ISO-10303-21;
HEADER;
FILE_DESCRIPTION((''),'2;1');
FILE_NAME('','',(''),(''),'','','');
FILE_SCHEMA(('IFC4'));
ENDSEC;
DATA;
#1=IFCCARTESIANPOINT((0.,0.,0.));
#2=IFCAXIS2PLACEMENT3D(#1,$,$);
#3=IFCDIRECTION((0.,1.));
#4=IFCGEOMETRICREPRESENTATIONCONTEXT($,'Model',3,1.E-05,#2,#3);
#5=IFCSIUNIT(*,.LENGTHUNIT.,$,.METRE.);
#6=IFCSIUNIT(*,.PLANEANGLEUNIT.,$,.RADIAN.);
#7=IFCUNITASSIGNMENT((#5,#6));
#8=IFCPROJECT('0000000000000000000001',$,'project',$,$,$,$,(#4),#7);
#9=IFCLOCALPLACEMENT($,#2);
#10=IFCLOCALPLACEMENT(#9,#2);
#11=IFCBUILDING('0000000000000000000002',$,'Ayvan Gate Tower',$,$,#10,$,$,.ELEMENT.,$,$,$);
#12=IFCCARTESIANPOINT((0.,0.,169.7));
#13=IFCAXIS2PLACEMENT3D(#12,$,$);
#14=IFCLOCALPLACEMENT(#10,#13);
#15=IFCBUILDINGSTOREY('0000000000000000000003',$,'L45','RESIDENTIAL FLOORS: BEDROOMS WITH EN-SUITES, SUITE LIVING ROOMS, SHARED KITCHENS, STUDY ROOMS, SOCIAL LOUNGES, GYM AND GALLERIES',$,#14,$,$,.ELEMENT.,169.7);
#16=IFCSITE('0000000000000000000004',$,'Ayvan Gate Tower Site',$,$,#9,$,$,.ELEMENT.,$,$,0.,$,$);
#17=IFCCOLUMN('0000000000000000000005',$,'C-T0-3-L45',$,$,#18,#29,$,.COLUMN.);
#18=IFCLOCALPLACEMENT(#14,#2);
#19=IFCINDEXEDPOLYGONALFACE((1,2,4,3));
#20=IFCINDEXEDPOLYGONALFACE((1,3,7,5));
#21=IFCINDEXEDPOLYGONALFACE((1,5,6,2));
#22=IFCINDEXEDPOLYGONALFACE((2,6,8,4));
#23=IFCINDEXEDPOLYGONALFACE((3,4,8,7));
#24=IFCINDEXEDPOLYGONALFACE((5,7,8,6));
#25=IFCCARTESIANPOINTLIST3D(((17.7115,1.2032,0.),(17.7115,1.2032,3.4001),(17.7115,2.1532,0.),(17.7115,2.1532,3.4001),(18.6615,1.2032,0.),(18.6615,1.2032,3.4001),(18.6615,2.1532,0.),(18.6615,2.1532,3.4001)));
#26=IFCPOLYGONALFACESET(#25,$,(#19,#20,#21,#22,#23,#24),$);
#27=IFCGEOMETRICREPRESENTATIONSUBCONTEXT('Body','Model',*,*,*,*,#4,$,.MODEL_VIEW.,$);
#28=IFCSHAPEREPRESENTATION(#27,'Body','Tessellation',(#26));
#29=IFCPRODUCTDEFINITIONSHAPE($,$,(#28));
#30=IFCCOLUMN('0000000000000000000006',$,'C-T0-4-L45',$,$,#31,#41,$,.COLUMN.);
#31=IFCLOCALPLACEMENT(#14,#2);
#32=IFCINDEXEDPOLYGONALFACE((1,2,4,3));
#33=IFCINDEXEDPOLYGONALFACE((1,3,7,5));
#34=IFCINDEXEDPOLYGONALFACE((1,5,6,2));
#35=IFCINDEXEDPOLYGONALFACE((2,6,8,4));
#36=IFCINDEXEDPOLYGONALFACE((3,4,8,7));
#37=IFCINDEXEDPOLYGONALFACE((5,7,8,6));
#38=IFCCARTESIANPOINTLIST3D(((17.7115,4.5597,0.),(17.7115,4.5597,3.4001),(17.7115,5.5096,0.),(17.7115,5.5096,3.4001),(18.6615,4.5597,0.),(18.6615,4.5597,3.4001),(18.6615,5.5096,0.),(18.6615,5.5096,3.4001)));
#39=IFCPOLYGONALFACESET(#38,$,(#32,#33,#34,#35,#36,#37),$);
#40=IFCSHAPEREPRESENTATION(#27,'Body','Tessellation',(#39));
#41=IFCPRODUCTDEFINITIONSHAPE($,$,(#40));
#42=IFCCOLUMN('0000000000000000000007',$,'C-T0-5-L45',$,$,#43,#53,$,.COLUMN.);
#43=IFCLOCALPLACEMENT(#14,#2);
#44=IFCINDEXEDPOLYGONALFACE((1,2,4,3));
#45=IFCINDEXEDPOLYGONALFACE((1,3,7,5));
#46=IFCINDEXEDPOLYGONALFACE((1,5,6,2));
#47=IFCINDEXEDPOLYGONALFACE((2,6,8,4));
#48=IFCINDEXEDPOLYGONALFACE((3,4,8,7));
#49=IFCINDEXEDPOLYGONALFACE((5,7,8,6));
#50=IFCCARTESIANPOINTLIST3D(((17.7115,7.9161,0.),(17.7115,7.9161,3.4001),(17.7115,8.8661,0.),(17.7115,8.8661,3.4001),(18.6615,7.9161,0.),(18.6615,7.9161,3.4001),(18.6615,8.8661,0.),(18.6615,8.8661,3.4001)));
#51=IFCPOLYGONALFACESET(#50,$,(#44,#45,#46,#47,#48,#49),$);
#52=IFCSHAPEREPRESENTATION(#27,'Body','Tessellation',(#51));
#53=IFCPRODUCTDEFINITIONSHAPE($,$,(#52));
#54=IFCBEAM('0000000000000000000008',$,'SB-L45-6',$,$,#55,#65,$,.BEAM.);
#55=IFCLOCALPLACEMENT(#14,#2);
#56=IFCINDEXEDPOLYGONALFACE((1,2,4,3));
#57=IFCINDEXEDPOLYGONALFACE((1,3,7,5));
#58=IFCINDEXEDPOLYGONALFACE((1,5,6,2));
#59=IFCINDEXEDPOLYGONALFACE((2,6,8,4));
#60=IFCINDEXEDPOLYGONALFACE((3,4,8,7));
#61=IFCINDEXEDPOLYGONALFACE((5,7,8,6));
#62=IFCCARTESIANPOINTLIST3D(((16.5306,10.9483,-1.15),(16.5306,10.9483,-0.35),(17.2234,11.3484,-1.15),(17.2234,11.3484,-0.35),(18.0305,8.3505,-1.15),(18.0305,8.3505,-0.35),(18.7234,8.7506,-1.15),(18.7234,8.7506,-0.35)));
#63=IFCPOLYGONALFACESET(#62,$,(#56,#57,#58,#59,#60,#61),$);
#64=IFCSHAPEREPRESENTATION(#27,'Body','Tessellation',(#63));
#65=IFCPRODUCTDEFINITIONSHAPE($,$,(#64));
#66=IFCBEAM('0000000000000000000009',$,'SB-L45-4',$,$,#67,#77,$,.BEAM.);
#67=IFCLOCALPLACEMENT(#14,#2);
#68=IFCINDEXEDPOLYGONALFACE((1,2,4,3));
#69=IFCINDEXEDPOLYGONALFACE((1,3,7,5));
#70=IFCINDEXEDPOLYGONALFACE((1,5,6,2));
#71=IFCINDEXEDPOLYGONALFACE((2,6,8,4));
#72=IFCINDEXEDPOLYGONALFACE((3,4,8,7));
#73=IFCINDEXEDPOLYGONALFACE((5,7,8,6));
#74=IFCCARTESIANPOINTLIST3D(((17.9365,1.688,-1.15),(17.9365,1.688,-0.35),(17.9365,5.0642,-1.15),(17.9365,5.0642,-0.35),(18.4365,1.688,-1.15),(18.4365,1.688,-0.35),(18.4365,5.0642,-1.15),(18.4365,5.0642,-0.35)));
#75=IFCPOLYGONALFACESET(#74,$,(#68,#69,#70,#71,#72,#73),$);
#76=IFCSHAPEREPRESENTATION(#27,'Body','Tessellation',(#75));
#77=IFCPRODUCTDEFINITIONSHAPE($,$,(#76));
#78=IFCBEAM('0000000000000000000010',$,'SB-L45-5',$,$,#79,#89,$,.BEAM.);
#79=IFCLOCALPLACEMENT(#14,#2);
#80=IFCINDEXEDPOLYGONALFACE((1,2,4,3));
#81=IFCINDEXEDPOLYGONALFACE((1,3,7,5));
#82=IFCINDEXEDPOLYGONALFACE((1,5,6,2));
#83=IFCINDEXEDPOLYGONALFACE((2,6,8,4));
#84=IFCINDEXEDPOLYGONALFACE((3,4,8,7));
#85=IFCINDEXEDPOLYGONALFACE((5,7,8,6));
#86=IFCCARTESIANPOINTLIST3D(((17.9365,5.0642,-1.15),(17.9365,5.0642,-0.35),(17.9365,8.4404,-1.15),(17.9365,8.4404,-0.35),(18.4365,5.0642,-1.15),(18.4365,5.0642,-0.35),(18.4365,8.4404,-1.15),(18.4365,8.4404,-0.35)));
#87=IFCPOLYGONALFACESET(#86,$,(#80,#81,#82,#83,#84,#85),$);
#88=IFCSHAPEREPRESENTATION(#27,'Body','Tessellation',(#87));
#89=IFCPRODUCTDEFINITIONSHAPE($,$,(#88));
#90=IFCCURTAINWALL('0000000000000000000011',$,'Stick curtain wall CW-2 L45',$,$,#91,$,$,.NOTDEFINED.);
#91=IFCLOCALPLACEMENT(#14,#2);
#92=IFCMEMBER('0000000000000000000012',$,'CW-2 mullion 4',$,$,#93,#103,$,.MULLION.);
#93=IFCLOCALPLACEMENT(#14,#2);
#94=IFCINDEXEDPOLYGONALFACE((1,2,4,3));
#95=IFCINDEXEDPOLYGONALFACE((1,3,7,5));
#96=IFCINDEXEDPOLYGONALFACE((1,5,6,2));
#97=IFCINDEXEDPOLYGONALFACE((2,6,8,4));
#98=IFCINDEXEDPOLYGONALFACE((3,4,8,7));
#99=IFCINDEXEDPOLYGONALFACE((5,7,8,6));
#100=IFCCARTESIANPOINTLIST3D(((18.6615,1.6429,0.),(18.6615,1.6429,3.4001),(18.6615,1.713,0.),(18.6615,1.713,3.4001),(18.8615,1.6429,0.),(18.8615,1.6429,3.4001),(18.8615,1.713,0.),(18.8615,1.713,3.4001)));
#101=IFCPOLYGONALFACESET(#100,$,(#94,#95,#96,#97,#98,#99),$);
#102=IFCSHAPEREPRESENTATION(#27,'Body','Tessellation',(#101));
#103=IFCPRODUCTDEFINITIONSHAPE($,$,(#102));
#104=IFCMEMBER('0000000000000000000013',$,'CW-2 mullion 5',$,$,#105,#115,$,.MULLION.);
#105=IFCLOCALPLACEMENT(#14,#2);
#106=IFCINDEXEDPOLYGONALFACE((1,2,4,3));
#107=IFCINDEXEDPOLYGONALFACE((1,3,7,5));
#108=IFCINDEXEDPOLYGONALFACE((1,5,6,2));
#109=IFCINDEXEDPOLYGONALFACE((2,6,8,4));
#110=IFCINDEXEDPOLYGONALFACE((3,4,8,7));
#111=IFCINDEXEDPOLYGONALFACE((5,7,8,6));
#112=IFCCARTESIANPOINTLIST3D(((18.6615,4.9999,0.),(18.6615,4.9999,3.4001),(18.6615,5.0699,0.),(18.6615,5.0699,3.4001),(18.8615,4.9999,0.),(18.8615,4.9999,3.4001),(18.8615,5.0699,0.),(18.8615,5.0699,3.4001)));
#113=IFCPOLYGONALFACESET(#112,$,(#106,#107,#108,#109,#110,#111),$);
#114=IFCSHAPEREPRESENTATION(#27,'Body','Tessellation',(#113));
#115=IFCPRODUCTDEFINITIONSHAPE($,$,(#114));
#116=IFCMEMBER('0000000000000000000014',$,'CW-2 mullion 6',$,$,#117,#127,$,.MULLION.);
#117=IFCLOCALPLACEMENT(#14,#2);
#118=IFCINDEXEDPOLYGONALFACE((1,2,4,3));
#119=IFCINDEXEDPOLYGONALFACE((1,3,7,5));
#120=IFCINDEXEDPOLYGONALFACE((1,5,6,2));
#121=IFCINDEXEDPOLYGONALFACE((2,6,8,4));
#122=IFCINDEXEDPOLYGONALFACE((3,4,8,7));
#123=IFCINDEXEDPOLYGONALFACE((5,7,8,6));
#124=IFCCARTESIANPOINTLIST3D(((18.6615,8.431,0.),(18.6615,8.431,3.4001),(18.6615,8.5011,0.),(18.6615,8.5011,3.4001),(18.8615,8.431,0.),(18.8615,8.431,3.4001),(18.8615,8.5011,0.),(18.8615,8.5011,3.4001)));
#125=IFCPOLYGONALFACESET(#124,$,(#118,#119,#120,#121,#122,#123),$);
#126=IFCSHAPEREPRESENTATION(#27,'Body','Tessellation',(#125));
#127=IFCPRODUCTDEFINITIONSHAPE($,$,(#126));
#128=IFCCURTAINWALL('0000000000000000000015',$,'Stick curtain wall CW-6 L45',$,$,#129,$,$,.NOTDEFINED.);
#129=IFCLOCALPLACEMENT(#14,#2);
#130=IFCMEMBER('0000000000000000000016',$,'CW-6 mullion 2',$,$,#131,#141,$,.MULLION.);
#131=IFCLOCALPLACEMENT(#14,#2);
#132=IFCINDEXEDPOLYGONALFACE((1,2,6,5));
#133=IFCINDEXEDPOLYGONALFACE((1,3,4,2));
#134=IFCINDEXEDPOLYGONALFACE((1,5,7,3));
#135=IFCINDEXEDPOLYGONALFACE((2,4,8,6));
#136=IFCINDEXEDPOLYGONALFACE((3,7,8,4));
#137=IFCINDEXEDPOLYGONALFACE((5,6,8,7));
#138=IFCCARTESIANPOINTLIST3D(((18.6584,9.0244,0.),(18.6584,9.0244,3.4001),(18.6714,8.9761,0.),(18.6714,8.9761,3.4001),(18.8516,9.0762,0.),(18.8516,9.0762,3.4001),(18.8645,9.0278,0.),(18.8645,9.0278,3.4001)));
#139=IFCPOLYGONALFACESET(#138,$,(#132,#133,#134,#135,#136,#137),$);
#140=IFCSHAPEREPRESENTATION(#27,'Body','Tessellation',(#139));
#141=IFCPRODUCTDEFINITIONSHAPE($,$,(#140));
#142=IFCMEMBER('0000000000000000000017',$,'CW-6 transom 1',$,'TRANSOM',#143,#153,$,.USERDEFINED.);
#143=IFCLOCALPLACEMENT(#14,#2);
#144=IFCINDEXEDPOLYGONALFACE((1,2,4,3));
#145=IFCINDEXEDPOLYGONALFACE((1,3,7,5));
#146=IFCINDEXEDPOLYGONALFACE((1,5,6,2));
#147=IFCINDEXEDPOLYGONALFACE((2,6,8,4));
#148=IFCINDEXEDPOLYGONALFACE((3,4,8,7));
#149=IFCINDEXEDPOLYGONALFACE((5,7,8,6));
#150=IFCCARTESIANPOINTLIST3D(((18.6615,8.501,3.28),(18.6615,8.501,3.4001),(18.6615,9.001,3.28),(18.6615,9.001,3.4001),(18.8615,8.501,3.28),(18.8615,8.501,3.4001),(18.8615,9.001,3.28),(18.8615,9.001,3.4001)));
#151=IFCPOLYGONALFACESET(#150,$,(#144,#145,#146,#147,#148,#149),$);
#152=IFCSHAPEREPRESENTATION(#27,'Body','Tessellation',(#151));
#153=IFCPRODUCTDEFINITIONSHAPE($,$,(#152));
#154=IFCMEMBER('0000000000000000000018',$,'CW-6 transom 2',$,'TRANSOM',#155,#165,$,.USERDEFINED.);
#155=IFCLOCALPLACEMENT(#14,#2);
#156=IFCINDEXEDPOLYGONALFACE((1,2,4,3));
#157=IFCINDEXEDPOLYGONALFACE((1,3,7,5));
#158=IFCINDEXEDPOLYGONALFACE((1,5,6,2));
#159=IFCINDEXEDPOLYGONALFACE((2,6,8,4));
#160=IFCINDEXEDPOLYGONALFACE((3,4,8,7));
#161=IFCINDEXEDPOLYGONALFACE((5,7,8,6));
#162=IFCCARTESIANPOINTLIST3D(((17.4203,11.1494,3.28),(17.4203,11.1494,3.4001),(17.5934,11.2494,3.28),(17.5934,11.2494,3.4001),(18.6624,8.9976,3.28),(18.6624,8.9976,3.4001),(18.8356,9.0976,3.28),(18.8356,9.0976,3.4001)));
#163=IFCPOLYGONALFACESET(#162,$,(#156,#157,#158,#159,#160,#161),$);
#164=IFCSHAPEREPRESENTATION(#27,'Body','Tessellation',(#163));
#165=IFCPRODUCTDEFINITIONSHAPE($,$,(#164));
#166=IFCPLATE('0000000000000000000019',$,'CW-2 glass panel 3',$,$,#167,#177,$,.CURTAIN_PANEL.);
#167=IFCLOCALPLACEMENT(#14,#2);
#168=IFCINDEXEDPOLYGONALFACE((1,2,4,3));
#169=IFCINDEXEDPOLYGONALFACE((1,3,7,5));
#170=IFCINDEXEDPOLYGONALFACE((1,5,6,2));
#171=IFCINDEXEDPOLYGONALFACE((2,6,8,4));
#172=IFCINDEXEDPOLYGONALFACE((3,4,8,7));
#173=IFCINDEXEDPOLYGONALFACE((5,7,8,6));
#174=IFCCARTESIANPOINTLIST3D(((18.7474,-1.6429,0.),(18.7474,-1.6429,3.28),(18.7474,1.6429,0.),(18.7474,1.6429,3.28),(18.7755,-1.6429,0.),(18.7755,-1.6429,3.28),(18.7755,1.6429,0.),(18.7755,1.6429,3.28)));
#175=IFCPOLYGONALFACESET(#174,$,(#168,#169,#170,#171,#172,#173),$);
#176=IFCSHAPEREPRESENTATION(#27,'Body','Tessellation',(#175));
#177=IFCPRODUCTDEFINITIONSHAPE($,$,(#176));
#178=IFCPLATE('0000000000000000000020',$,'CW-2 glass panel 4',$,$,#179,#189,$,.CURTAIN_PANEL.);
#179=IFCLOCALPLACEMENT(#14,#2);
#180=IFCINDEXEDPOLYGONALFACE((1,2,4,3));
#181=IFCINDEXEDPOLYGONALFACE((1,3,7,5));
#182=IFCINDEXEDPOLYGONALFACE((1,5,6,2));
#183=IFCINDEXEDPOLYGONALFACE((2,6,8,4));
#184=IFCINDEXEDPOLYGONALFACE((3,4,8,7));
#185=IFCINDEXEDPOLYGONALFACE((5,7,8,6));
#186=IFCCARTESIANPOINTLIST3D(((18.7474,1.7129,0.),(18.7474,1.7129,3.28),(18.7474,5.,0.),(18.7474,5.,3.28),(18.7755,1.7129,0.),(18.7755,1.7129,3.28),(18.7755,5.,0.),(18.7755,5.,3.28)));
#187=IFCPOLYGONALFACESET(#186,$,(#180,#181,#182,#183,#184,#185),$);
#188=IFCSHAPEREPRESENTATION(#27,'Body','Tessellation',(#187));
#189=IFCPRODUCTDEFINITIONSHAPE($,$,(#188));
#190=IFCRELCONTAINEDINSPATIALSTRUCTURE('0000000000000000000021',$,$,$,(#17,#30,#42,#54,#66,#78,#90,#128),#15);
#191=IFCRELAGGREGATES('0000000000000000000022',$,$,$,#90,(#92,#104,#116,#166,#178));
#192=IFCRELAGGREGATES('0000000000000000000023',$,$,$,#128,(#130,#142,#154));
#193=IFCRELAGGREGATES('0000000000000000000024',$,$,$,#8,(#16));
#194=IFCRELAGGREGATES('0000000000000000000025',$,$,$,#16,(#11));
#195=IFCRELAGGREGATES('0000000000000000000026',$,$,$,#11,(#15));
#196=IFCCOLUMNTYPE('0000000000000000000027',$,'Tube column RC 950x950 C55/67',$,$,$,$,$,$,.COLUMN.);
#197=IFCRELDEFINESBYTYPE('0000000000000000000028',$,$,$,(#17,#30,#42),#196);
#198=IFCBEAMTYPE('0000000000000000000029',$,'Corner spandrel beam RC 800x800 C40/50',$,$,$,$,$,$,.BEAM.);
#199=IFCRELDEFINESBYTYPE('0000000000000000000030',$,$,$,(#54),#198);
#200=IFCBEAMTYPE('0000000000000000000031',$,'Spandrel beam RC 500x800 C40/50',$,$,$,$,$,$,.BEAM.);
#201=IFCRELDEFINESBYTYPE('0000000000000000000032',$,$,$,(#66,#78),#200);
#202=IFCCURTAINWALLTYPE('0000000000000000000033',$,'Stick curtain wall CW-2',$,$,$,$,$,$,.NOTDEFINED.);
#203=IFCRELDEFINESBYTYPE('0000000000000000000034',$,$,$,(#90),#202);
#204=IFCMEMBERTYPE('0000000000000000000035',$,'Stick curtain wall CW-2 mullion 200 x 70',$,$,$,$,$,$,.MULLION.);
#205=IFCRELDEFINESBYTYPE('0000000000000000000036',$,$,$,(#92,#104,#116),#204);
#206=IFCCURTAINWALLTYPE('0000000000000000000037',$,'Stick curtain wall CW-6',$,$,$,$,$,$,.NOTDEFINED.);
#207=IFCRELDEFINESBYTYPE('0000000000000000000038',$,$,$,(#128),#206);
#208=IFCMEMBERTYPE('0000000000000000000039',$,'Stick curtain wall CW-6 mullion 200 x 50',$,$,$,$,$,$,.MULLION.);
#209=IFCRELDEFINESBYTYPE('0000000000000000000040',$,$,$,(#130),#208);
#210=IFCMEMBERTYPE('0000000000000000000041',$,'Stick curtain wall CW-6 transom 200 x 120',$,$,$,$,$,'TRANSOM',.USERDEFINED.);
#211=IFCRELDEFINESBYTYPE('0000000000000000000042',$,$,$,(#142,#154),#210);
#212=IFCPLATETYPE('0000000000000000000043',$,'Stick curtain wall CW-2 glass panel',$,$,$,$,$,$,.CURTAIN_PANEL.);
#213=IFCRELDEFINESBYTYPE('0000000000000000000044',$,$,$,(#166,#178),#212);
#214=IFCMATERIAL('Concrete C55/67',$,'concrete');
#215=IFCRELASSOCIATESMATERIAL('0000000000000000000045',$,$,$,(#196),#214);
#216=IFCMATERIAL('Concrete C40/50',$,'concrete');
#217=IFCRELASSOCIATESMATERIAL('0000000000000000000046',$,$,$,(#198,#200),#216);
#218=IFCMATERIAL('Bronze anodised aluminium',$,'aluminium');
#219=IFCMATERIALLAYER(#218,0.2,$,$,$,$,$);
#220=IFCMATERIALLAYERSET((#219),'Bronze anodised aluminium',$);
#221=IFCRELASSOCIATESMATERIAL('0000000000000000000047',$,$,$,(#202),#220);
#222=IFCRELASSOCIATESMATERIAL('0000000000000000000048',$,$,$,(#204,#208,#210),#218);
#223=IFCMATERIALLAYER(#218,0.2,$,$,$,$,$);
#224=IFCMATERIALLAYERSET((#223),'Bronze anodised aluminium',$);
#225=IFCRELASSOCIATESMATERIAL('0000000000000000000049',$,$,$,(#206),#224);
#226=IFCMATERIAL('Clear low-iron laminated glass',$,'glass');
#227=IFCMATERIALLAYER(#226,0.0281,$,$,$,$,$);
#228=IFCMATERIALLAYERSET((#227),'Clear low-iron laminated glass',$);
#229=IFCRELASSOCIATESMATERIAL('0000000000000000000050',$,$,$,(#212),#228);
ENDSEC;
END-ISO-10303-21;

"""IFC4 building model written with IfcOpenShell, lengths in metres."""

from ifc_helpers import new_model, si_unit, direction, frame, origin, origin_2d, place, context, subcontext, project, spatial, rectangle, extrude, material, layer, layer_set, material_profile, profile_set, type_object, element, aggregate, save


model = new_model("IFC4")

# Units and contexts
model_context = context("Model", 3, precision=1e-05, world=origin(), true_north=direction((0.0, 1.0)))
body_context = subcontext(model_context, "Body", "Model", "MODEL_VIEW")
ifc_project = project(units=[si_unit("LENGTHUNIT", "METRE"), si_unit("PLANEANGLEUNIT", "RADIAN")], contexts=[model_context])

# Site, building, storey
site_placement = place(None, origin())
site = spatial("IfcSite", under=ifc_project, at=site_placement, Name="Ayvan Gate Tower Site", CompositionType="ELEMENT", RefElevation=0.0)
building_placement = place(site_placement, origin())
building = spatial("IfcBuilding", under=site, at=building_placement, Name="Ayvan Gate Tower", CompositionType="ELEMENT")
storey_placement = place(building_placement, frame((0.0, 0.0, 169.7)))
storey = spatial("IfcBuildingStorey", under=building, at=storey_placement, Name="L45", Description="RESIDENTIAL FLOORS: BEDROOMS WITH EN-SUITES, SUITE LIVING ROOMS, SHARED KITCHENS, STUDY ROOMS, SOCIAL LOUNGES, GYM AND GALLERIES", CompositionType="ELEMENT", Elevation=169.7)

# Columns
ifc_material_1 = material(Name="Concrete C55/67", Category="concrete")
ifc_material_profile_1 = material_profile(ifc_material_1, rectangle(XDim=0.95, YDim=0.95, at=origin_2d()), Name="RC 950x950")
ifc_profile_set_1 = profile_set([ifc_material_profile_1], Name="Concrete C55/67")
column_type = type_object("IfcColumnType", Name="Tube column RC 950x950 C55/67", PredefinedType="COLUMN", material=ifc_profile_set_1)
for number, where, z_axis, x_axis, name in (
    (1, (18.1865, 1.6782, 0.0), (0.0, 0.0, 1.0), (1.0, 0.0, 0.0), "C-T0-3-L45"),
    (2, (18.1865, 5.0347, 0.0), (0.0, 0.0, 1.0), (1.0, 0.0, 0.0), "C-T0-4-L45"),
    (3, (18.1865, 8.3911, 0.0), (0.0, 0.0, 1.0), (1.0, 0.0, 0.0), "C-T0-5-L45"),
):
    element("IfcColumn", number, at=place(storey_placement, frame(where, z_axis=z_axis, x_axis=x_axis)), inside=storey, type_object=column_type, Name=name, PredefinedType="COLUMN", context=body_context, shape_type="SweptSolid", body=[
        extrude(rectangle(XDim=0.95, YDim=0.95, at=origin_2d()), origin(), (0.0, 0.0, 1.0), 3.4001),
    ])

# Beams
ifc_material_2 = material(Name="Concrete C40/50", Category="concrete")
ifc_material_profile_2 = material_profile(ifc_material_2, rectangle(XDim=0.8, YDim=0.8, at=origin_2d()), Name="RC 800x800")
ifc_profile_set_2 = profile_set([ifc_material_profile_2], Name="Concrete C40/50")
beam_type_1 = type_object("IfcBeamType", Name="Corner spandrel beam RC 800x800 C40/50", PredefinedType="BEAM", material=ifc_profile_set_2)
beam_placement = place(storey_placement, frame((18.377, 8.5505, -0.75), z_axis=(-0.500025, 0.866011, 0.0), x_axis=(-0.866011, -0.500025, 0.0)))
element("IfcBeam", 4, at=beam_placement, inside=storey, type_object=beam_type_1, Name="SB-L45-6", PredefinedType="BEAM", context=body_context, shape_type="SweptSolid", body=[
    extrude(rectangle(XDim=0.8, YDim=0.8, at=origin_2d()), origin(), (0.0, 0.0, 1.0), 2.9998),
])
ifc_material_profile_3 = material_profile(ifc_material_2, rectangle(XDim=0.5, YDim=0.8, at=origin_2d()), Name="RC 500x800")
ifc_profile_set_3 = profile_set([ifc_material_profile_3], Name="Concrete C40/50")
beam_type_2 = type_object("IfcBeamType", Name="Spandrel beam RC 500x800 C40/50", PredefinedType="BEAM", material=ifc_profile_set_3)
for number, where, z_axis, x_axis, name in (
    (5, (18.1865, 1.688, -0.75), (0.0, 1.0, 0.0), (-1.0, 0.0, 0.0), "SB-L45-4"),
    (6, (18.1865, 5.0642, -0.75), (0.0, 1.0, 0.0), (-1.0, 0.0, 0.0), "SB-L45-5"),
):
    element("IfcBeam", number, at=place(storey_placement, frame(where, z_axis=z_axis, x_axis=x_axis)), inside=storey, type_object=beam_type_2, Name=name, PredefinedType="BEAM", context=body_context, shape_type="SweptSolid", body=[
        extrude(rectangle(XDim=0.5, YDim=0.8, at=origin_2d()), origin(), (0.0, 0.0, 1.0), 3.3762),
    ])

# Curtain walls, members
ifc_material_3 = material(Name="Bronze anodised aluminium", Category="aluminium")
ifc_layer_1 = layer(ifc_material_3, 0.2)
ifc_layer_set_1 = layer_set([ifc_layer_1], Name="Bronze anodised aluminium")
curtain_wall_type_1 = type_object("IfcCurtainWallType", Name="Stick curtain wall CW-2", PredefinedType="NOTDEFINED", material=ifc_layer_set_1)
curtain_wall_1_placement = place(storey_placement, origin())
curtain_wall_1 = element("IfcCurtainWall", 7, at=curtain_wall_1_placement, inside=storey, type_object=curtain_wall_type_1, Name="Stick curtain wall CW-2 L45", PredefinedType="NOTDEFINED")
ifc_material_profile_4 = material_profile(ifc_material_3, rectangle(XDim=0.2, YDim=0.0701, at=origin_2d()), Name="Stick curtain wall CW-2 mullion 200 x 70")
ifc_profile_set_4 = profile_set([ifc_material_profile_4], Name="Bronze anodised aluminium")
member_type_1 = type_object("IfcMemberType", Name="Stick curtain wall CW-2 mullion 200 x 70", PredefinedType="MULLION", material=ifc_profile_set_4)
member_1_placement = place(storey_placement, frame((18.7615, 1.678, 0.0), z_axis=(0.0, 0.0, 1.0), x_axis=(1.0, 0.0, 0.0)))
member_1 = element("IfcMember", 8, at=member_1_placement, type_object=member_type_1, Name="CW-2 mullion 4", PredefinedType="MULLION", context=body_context, shape_type="SweptSolid", body=[
    extrude(rectangle(XDim=0.2, YDim=0.0701, at=origin_2d()), origin(), (0.0, 0.0, 1.0), 3.4001),
])
member_2_placement = place(storey_placement, frame((18.7615, 5.0349, 0.0), z_axis=(0.0, 0.0, 1.0), x_axis=(1.0, 0.0, 0.0)))
member_2 = element("IfcMember", 9, at=member_2_placement, type_object=member_type_1, Name="CW-2 mullion 5", PredefinedType="MULLION", context=body_context, shape_type="SweptSolid", body=[
    extrude(rectangle(XDim=0.2, YDim=0.0701, at=origin_2d()), origin(), (0.0, 0.0, 1.0), 3.4001),
])
member_3_placement = place(storey_placement, frame((18.7615, 8.4661, 0.0), z_axis=(0.0, 0.0, 1.0), x_axis=(1.0, 0.0, 0.0)))
member_3 = element("IfcMember", 10, at=member_3_placement, type_object=member_type_1, Name="CW-2 mullion 6", PredefinedType="MULLION", context=body_context, shape_type="SweptSolid", body=[
    extrude(rectangle(XDim=0.2, YDim=0.0701, at=origin_2d()), origin(), (0.0, 0.0, 1.0), 3.4001),
])
ifc_layer_2 = layer(ifc_material_3, 0.2)
ifc_layer_set_2 = layer_set([ifc_layer_2], Name="Bronze anodised aluminium")
curtain_wall_type_2 = type_object("IfcCurtainWallType", Name="Stick curtain wall CW-6", PredefinedType="NOTDEFINED", material=ifc_layer_set_2)
curtain_wall_2_placement = place(storey_placement, origin())
curtain_wall_2 = element("IfcCurtainWall", 11, at=curtain_wall_2_placement, inside=storey, type_object=curtain_wall_type_2, Name="Stick curtain wall CW-6 L45", PredefinedType="NOTDEFINED")
ifc_material_profile_5 = material_profile(ifc_material_3, rectangle(XDim=0.2, YDim=0.05, at=origin_2d()), Name="Stick curtain wall CW-6 mullion 200 x 50")
ifc_profile_set_5 = profile_set([ifc_material_profile_5], Name="Bronze anodised aluminium")
member_type_2 = type_object("IfcMemberType", Name="Stick curtain wall CW-6 mullion 200 x 50", PredefinedType="MULLION", material=ifc_profile_set_5)
member_4_placement = place(storey_placement, frame((18.7615, 9.0261, 0.0), z_axis=(0.0, 0.0, 1.0), x_axis=(0.965926, 0.258819, 0.0)))
member_4 = element("IfcMember", 12, at=member_4_placement, type_object=member_type_2, Name="CW-6 mullion 2", PredefinedType="MULLION", context=body_context, shape_type="SweptSolid", body=[
    extrude(rectangle(XDim=0.2, YDim=0.05, at=origin_2d()), origin(), (0.0, 0.0, 1.0), 3.4001),
])
ifc_material_profile_6 = material_profile(ifc_material_3, rectangle(XDim=0.2, YDim=0.1201, at=origin_2d()), Name="Stick curtain wall CW-6 transom 200 x 120")
ifc_profile_set_6 = profile_set([ifc_material_profile_6], Name="Bronze anodised aluminium")
member_type_3 = type_object("IfcMemberType", Name="Stick curtain wall CW-6 transom 200 x 120", ElementType="TRANSOM", PredefinedType="USERDEFINED", material=ifc_profile_set_6)
member_5_placement = place(storey_placement, frame((18.7615, 8.501, 3.3401), z_axis=(0.0, 1.0, 0.0), x_axis=(-1.0, 0.0, 0.0)))
member_5 = element("IfcMember", 13, at=member_5_placement, type_object=member_type_3, Name="CW-6 transom 1", ObjectType="TRANSOM", PredefinedType="USERDEFINED", context=body_context, shape_type="SweptSolid", body=[
    extrude(rectangle(XDim=0.2, YDim=0.1201, at=origin_2d()), origin(), (0.0, 0.0, 1.0), 0.5),
])
member_6_placement = place(storey_placement, frame((18.749, 9.0476, 3.3401), z_axis=(-0.499944, 0.866058, 0.0), x_axis=(-0.866058, -0.499944, 0.0)))
member_6 = element("IfcMember", 14, at=member_6_placement, type_object=member_type_3, Name="CW-6 transom 2", ObjectType="TRANSOM", PredefinedType="USERDEFINED", context=body_context, shape_type="SweptSolid", body=[
    extrude(rectangle(XDim=0.2, YDim=0.1201, at=origin_2d()), origin(), (0.0, 0.0, 1.0), 2.4846),
])

# Plates
ifc_material_4 = material(Name="Clear low-iron laminated glass", Category="glass")
ifc_layer_3 = layer(ifc_material_4, 0.0281)
ifc_layer_set_3 = layer_set([ifc_layer_3], Name="Clear low-iron laminated glass")
plate_type_1 = type_object("IfcPlateType", Name="Stick curtain wall CW-2 glass panel", PredefinedType="CURTAIN_PANEL", material=ifc_layer_set_3)
plate_1_placement = place(storey_placement, frame((18.7615, 0.0, 0.0), z_axis=(0.0, 0.0, 1.0), x_axis=(0.0, 1.0, 0.0)))
plate_1 = element("IfcPlate", 15, at=plate_1_placement, type_object=plate_type_1, Name="CW-2 glass panel 3", PredefinedType="CURTAIN_PANEL", context=body_context, shape_type="SweptSolid", body=[
    extrude(rectangle(XDim=3.2859, YDim=0.0281, at=origin_2d()), origin(), (0.0, 0.0, 1.0), 3.28),
])
plate_2_placement = place(storey_placement, frame((18.7615, 3.3564, 0.0), z_axis=(0.0, 0.0, 1.0), x_axis=(0.0, 1.0, 0.0)))
plate_2 = element("IfcPlate", 16, at=plate_2_placement, type_object=plate_type_1, Name="CW-2 glass panel 4", PredefinedType="CURTAIN_PANEL", context=body_context, shape_type="SweptSolid", body=[
    extrude(rectangle(XDim=3.2871, YDim=0.0281, at=origin_2d()), origin(), (0.0, 0.0, 1.0), 3.28),
])
aggregate(curtain_wall_1, [member_1, member_2, member_3, plate_1, plate_2])
aggregate(curtain_wall_2, [member_4, member_5, member_6])

save(model, "model.ifc")
